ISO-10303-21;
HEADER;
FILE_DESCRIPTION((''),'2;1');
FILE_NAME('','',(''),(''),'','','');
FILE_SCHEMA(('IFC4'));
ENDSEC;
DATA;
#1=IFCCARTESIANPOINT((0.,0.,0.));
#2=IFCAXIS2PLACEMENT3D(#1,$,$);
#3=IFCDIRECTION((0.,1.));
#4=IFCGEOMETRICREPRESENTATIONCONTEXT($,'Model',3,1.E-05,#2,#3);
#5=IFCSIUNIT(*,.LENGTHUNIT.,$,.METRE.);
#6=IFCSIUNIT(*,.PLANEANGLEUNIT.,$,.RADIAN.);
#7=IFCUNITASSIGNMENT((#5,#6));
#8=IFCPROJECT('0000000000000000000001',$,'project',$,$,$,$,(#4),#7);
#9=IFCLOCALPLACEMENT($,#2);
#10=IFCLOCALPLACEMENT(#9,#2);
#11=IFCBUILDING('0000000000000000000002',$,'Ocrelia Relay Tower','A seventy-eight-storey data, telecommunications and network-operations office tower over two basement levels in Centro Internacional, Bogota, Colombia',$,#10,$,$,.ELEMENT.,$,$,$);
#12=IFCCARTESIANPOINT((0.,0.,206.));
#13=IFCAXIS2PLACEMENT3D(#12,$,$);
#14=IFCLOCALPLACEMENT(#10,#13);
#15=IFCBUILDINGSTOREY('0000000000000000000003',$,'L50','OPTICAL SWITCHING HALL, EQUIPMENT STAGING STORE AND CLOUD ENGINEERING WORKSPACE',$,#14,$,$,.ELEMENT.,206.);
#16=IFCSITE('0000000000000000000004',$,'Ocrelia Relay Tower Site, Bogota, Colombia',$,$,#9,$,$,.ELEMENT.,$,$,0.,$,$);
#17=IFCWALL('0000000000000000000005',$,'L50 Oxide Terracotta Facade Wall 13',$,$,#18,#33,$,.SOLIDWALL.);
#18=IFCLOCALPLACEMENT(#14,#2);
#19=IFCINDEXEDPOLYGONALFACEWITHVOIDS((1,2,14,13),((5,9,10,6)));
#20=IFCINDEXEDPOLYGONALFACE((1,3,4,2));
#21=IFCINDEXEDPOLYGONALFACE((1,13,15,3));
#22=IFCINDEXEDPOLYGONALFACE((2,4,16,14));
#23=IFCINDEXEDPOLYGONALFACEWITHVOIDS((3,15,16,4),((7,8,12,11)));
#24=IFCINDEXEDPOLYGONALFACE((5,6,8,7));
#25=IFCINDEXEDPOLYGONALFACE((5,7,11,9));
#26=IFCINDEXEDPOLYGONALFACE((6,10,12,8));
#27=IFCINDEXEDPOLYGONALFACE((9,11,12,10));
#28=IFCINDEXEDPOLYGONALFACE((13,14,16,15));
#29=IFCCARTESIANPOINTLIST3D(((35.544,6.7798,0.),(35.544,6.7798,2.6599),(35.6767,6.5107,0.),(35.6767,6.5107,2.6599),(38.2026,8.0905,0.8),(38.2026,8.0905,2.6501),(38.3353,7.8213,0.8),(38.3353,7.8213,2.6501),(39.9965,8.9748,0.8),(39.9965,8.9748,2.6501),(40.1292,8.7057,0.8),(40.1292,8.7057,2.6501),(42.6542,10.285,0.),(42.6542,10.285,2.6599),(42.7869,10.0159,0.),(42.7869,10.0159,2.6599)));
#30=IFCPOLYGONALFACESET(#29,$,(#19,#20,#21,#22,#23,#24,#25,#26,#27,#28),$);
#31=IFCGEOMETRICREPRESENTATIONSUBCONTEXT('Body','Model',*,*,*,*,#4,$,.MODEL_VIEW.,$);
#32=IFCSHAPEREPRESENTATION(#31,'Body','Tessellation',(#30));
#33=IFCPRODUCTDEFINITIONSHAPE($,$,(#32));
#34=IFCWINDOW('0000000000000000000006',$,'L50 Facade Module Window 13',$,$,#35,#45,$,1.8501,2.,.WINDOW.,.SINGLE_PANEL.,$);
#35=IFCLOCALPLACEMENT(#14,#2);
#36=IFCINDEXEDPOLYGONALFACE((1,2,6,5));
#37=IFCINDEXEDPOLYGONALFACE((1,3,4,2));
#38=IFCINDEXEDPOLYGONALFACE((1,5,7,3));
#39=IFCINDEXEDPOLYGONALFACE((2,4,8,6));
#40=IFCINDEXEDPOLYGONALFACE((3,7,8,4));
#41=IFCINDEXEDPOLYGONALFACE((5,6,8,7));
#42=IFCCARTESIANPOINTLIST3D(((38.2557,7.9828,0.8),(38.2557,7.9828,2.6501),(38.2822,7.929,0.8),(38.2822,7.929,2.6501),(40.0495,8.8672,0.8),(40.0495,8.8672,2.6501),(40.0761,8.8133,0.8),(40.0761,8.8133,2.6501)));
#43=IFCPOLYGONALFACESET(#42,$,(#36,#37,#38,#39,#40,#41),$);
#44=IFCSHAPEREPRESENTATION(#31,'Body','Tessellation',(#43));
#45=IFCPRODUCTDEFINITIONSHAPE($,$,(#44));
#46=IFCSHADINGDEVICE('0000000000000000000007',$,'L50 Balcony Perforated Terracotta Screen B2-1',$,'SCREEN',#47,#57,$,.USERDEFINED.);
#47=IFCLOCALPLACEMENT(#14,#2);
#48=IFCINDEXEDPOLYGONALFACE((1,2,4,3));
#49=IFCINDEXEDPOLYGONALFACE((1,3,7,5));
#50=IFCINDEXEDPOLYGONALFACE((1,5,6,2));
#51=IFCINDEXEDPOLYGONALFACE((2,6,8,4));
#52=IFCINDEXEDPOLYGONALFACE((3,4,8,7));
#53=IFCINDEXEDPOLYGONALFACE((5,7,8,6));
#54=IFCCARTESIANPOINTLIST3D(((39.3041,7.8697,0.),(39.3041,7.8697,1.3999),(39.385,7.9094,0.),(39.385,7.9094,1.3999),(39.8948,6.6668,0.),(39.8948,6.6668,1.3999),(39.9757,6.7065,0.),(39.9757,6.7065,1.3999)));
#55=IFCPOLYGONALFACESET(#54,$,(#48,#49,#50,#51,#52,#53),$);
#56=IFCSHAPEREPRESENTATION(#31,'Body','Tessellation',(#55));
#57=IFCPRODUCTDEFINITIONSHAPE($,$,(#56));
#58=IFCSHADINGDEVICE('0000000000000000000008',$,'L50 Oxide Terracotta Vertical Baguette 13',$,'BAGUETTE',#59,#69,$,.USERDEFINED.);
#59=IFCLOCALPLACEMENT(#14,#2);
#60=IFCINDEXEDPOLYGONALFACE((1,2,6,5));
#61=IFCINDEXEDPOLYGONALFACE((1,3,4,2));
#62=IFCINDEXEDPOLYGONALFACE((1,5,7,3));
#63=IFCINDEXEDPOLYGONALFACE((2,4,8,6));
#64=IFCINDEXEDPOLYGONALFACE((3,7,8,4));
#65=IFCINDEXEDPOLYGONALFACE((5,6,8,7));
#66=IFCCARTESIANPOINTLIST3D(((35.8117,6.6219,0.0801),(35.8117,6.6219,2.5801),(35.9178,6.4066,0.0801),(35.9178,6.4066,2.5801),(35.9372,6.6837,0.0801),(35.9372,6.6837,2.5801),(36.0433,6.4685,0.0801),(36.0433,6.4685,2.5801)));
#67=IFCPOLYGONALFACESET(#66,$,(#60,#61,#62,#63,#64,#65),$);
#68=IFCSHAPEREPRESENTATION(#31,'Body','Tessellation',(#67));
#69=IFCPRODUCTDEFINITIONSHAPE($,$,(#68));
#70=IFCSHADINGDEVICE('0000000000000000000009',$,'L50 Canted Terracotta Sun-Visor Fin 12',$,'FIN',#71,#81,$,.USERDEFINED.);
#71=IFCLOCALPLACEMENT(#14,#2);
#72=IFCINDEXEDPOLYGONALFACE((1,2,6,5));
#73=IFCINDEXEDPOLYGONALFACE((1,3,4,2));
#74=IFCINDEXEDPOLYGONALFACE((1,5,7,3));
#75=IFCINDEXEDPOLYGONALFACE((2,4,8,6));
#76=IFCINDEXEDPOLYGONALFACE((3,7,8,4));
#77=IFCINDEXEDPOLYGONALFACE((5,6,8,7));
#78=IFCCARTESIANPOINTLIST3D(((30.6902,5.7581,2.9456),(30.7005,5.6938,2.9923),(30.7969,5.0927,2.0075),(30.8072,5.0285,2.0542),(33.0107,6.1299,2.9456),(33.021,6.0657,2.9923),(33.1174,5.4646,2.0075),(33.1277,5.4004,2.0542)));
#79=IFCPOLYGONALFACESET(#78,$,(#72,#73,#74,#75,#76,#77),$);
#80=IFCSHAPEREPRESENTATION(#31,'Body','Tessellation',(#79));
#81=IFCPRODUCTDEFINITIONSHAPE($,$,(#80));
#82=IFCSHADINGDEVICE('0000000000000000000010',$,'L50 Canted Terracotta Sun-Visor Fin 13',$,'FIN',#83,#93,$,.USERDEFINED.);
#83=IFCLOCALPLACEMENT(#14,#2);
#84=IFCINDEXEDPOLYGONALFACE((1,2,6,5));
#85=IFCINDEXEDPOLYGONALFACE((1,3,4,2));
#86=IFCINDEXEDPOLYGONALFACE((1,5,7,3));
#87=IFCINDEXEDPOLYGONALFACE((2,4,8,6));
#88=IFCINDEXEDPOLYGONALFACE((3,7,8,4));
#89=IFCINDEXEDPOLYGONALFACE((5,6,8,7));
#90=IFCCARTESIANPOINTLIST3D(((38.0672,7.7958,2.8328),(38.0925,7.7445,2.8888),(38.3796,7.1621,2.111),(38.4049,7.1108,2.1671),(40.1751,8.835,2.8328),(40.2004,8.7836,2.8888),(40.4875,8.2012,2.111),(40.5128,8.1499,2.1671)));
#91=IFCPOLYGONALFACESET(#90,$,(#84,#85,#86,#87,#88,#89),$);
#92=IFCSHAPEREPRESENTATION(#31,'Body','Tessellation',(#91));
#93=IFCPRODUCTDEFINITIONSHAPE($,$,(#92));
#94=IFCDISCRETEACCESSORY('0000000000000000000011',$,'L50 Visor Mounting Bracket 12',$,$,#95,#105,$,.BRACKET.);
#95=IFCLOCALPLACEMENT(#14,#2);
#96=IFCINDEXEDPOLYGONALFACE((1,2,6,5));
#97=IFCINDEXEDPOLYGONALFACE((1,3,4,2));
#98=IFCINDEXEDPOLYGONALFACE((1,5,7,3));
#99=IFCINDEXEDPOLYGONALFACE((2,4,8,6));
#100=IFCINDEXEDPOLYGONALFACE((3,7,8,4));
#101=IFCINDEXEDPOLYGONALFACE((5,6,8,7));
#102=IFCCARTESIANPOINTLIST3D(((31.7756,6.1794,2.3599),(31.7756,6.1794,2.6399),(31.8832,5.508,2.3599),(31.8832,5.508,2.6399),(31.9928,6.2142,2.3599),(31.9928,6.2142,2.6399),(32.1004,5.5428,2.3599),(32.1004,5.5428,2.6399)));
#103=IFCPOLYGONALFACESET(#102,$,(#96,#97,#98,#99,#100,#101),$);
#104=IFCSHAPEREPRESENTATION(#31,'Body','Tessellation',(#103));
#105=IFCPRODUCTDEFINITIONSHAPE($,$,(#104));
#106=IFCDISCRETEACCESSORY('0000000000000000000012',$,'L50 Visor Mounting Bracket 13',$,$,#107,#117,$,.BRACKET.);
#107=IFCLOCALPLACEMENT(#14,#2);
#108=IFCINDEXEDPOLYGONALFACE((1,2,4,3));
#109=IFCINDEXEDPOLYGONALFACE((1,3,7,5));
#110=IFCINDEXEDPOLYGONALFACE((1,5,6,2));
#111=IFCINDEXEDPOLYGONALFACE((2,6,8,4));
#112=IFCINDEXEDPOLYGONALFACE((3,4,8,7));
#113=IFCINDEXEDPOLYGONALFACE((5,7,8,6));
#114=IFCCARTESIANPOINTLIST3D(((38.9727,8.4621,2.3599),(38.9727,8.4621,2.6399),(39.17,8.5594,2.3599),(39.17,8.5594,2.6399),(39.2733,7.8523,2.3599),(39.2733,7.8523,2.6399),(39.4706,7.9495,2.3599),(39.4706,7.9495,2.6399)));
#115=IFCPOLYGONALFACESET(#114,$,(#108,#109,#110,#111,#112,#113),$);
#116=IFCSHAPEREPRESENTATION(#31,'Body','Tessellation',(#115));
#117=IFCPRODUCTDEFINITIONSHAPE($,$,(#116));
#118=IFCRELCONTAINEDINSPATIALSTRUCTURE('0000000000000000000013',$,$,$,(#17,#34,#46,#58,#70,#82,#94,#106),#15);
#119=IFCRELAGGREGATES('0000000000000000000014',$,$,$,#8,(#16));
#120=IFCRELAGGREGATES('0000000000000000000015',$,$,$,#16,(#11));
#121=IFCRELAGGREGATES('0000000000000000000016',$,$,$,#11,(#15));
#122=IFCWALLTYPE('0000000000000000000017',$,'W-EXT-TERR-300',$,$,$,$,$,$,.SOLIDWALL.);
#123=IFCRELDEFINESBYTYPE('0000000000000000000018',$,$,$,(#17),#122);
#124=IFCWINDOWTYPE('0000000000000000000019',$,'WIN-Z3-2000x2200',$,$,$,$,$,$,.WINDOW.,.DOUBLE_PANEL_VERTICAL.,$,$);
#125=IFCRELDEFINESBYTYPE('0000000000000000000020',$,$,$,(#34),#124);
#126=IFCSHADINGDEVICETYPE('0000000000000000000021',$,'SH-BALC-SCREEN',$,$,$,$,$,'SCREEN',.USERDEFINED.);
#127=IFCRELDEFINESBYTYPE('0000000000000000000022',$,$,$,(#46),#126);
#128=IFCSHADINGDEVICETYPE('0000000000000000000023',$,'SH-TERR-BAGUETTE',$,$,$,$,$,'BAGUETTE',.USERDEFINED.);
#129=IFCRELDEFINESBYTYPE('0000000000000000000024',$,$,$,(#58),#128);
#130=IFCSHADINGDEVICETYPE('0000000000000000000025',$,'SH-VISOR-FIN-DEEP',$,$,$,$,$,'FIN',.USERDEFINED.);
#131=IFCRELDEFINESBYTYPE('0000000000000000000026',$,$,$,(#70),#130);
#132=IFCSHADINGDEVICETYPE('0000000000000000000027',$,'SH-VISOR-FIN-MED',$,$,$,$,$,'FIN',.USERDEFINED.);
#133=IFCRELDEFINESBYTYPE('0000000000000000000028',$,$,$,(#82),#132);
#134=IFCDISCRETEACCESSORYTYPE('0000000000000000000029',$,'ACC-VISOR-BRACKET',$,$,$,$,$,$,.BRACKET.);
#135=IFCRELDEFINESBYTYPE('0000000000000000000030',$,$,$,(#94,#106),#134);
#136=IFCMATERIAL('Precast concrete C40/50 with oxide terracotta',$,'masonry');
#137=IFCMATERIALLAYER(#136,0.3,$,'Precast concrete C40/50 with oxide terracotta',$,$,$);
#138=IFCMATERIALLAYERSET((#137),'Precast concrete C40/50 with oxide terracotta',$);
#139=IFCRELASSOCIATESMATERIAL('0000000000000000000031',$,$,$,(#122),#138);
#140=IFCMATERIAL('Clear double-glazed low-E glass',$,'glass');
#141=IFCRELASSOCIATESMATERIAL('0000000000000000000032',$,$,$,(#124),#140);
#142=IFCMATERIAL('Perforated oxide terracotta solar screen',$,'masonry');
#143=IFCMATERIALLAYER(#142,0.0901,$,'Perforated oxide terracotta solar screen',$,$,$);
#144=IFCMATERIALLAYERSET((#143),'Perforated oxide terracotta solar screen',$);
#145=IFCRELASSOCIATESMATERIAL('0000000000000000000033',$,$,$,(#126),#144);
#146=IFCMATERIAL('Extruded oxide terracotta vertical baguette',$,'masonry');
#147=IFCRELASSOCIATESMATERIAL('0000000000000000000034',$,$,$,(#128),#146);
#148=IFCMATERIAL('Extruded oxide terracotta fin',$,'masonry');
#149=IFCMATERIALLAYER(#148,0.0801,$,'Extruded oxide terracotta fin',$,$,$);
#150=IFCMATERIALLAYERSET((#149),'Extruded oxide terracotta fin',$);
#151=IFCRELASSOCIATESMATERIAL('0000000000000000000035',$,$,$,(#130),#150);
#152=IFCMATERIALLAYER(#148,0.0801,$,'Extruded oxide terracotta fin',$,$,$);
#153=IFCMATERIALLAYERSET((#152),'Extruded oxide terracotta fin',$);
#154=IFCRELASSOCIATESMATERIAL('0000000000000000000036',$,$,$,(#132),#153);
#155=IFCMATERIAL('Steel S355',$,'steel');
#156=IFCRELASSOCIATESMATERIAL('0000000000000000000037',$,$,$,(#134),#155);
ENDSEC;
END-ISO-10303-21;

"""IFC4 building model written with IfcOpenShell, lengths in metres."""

from ifc_helpers import new_model, si_unit, direction, frame, frame_2d, origin, origin_2d, place, context, subcontext, project, spatial, rectangle, extrude, material, layer, layer_set, type_object, element, fill, save


model = new_model("IFC4")

# Units and contexts
model_context = context("Model", 3, precision=1e-05, world=origin(), true_north=direction((0.0, 1.0)))
body_context = subcontext(model_context, "Body", "Model", "MODEL_VIEW")
ifc_project = project(units=[si_unit("LENGTHUNIT", "METRE"), si_unit("PLANEANGLEUNIT", "RADIAN")], contexts=[model_context])

# Site, building, storey
site_placement = place(None, origin())
site = spatial("IfcSite", under=ifc_project, at=site_placement, Name="Ocrelia Relay Tower Site, Bogota, Colombia", CompositionType="ELEMENT", RefElevation=0.0)
building_placement = place(site_placement, origin())
building = spatial("IfcBuilding", under=site, at=building_placement, Name="Ocrelia Relay Tower", Description="A seventy-eight-storey data, telecommunications and network-operations office tower over two basement levels in Centro Internacional, Bogota, Colombia", CompositionType="ELEMENT")
storey_placement = place(building_placement, frame((0.0, 0.0, 206.0)))
storey = spatial("IfcBuildingStorey", under=building, at=storey_placement, Name="L50", Description="OPTICAL SWITCHING HALL, EQUIPMENT STAGING STORE AND CLOUD ENGINEERING WORKSPACE", CompositionType="ELEMENT", Elevation=206.0)

# Shared definitions
ifc_material_1 = material(Name="Steel S355", Category="steel")

# Wall, opening, window
ifc_material_2 = material(Name="Precast concrete C40/50 with oxide terracotta", Category="masonry")
ifc_layer_1 = layer(ifc_material_2, 0.3, Name="Precast concrete C40/50 with oxide terracotta")
ifc_layer_set_1 = layer_set([ifc_layer_1], Name="Precast concrete C40/50 with oxide terracotta")
wall_type_1 = type_object("IfcWallType", Name="W-EXT-TERR-300", PredefinedType="SOLIDWALL", material=ifc_layer_set_1)
wall_1_placement = place(storey_placement, frame((35.6104, 6.6453, 0.0), z_axis=(0.0, 0.0, 1.0), x_axis=(0.896932, 0.442168, 0.0)))
wall_1 = element("IfcWall", 1, at=wall_1_placement, inside=storey, type_object=wall_type_1, Name="L50 Oxide Terracotta Facade Wall 13", PredefinedType="SOLIDWALL", context=body_context, shape_type="SweptSolid", body=[
    extrude(rectangle(XDim=7.9272, YDim=0.3, at=frame_2d((3.9636, 0.0))), origin(), (0.0, 0.0, 1.0), 2.6599),
])
opening_1_placement = place(wall_1_placement, frame((2.9641, 0.0, 0.8)))
opening_1 = element("IfcOpeningElement", 2, at=opening_1_placement, cuts=wall_1, PredefinedType="OPENING", context=body_context, shape_type="SweptSolid", body=[
    extrude(rectangle(XDim=2.0, YDim=1.8501, at=frame_2d((1.0, 0.925))), frame((0.0, 0.1602, 0.0), z_axis=(0.0, -1.0, 0.0), x_axis=(1.0, 0.0, 0.0)), (0.0, 0.0, 1.0), 0.3201),
])
ifc_material_3 = material(Name="Clear double-glazed low-E glass", Category="glass")
window_type = type_object("IfcWindowType", Name="WIN-Z3-2000x2200", PartitioningType="DOUBLE_PANEL_VERTICAL", PredefinedType="WINDOW", material=ifc_material_3)
window_placement = place(opening_1_placement, origin())
window = element("IfcWindow", 3, at=window_placement, inside=storey, type_object=window_type, Name="L50 Facade Module Window 13", OverallHeight=1.8501, OverallWidth=2.0, PartitioningType="SINGLE_PANEL", PredefinedType="WINDOW", context=body_context, shape_type="SweptSolid", body=[
    extrude(rectangle(XDim=2.0, YDim=1.8501, at=frame_2d((1.0, 0.925))), frame((0.0, 0.03, 0.0), z_axis=(0.0, -1.0, 0.0), x_axis=(1.0, 0.0, 0.0)), (0.0, 0.0, 1.0), 0.0601),
])
fill(opening_1, window)

# Shading devices
ifc_material_4 = material(Name="Perforated oxide terracotta solar screen", Category="masonry")
ifc_layer_2 = layer(ifc_material_4, 0.0901, Name="Perforated oxide terracotta solar screen")
ifc_layer_set_2 = layer_set([ifc_layer_2], Name="Perforated oxide terracotta solar screen")
shading_device_type_1 = type_object("IfcShadingDeviceType", Name="SH-BALC-SCREEN", ElementType="SCREEN", PredefinedType="USERDEFINED", material=ifc_layer_set_2)
shading_device_1_placement = place(storey_placement, frame((39.6399, 7.2881, 0.0), z_axis=(0.0, 0.0, 1.0), x_axis=(0.440772, -0.897619, 0.0)))
element("IfcShadingDevice", 4, at=shading_device_1_placement, inside=storey, type_object=shading_device_type_1, Name="L50 Balcony Perforated Terracotta Screen B2-1", ObjectType="SCREEN", PredefinedType="USERDEFINED", context=body_context, shape_type="SweptSolid", body=[
    extrude(rectangle(XDim=1.3401, YDim=0.0901, at=origin_2d()), origin(), (0.0, 0.0, 1.0), 1.3999),
])
ifc_material_5 = material(Name="Extruded oxide terracotta vertical baguette", Category="masonry")
shading_device_type_2 = type_object("IfcShadingDeviceType", Name="SH-TERR-BAGUETTE", ElementType="BAGUETTE", PredefinedType="USERDEFINED", material=ifc_material_5)
shading_device_2_placement = place(storey_placement, frame((35.9275, 6.5452, 0.0801), z_axis=(0.0, 0.0, 1.0), x_axis=(0.896938, 0.442155, 0.0)))
element("IfcShadingDevice", 5, at=shading_device_2_placement, inside=storey, type_object=shading_device_type_2, Name="L50 Oxide Terracotta Vertical Baguette 13", ObjectType="BAGUETTE", PredefinedType="USERDEFINED", context=body_context, shape_type="SweptSolid", body=[
    extrude(rectangle(XDim=0.1399, YDim=0.24, at=origin_2d()), origin(), (0.0, 0.0, 1.0), 2.5),
])
ifc_material_6 = material(Name="Extruded oxide terracotta fin", Category="masonry")
ifc_layer_3 = layer(ifc_material_6, 0.0801, Name="Extruded oxide terracotta fin")
ifc_layer_set_3 = layer_set([ifc_layer_3], Name="Extruded oxide terracotta fin")
shading_device_type_3 = type_object("IfcShadingDeviceType", Name="SH-VISOR-FIN-DEEP", ElementType="FIN", PredefinedType="USERDEFINED", material=ifc_layer_set_3)
shading_device_3_placement = place(storey_placement, frame((31.9038, 5.6113, 2.4766), z_axis=(0.128522, -0.801952, 0.583399), x_axis=(0.9874, 0.158243, 0.0)))
element("IfcShadingDevice", 6, at=shading_device_3_placement, inside=storey, type_object=shading_device_type_3, Name="L50 Canted Terracotta Sun-Visor Fin 12", ObjectType="FIN", PredefinedType="USERDEFINED", context=body_context, shape_type="SweptSolid", body=[
    extrude(rectangle(XDim=2.3501, YDim=1.155, at=origin_2d()), origin(), (0.0, 0.0, 1.0), 0.0801),
])
ifc_layer_4 = layer(ifc_material_6, 0.0801, Name="Extruded oxide terracotta fin")
ifc_layer_set_4 = layer_set([ifc_layer_4], Name="Extruded oxide terracotta fin")
shading_device_type_4 = type_object("IfcShadingDeviceType", Name="SH-VISOR-FIN-MED", ElementType="FIN", PredefinedType="USERDEFINED", material=ifc_layer_set_4)
shading_device_4_placement = place(storey_placement, frame((39.2773, 7.9985, 2.4719), z_axis=(0.315962, -0.640948, 0.699539), x_axis=(0.896938, 0.442155, 0.0)))
element("IfcShadingDevice", 7, at=shading_device_4_placement, inside=storey, type_object=shading_device_type_4, Name="L50 Canted Terracotta Sun-Visor Fin 13", ObjectType="FIN", PredefinedType="USERDEFINED", context=body_context, shape_type="SweptSolid", body=[
    extrude(rectangle(XDim=2.3501, YDim=1.01, at=origin_2d()), origin(), (0.0, 0.0, 1.0), 0.0801),
])

# Discrete accessories
discrete_accessory_type = type_object("IfcDiscreteAccessoryType", Name="ACC-VISOR-BRACKET", PredefinedType="BRACKET", material=ifc_material_1)
for number, where, z_axis, x_axis, name in (
    (8, (31.938, 5.8611, 2.3599), (0.0, 0.0, 1.0), (0.9874, 0.158243, 0.0), "L50 Visor Mounting Bracket 12"),
    (9, (39.2217, 8.2058, 2.3599), (0.0, 0.0, 1.0), (0.896938, 0.442155, 0.0), "L50 Visor Mounting Bracket 13"),
):
    element("IfcDiscreteAccessory", number, at=place(storey_placement, frame(where, z_axis=z_axis, x_axis=x_axis)), inside=storey, type_object=discrete_accessory_type, Name=name, PredefinedType="BRACKET", context=body_context, shape_type="SweptSolid", body=[
        extrude(rectangle(XDim=0.22, YDim=0.6799, at=origin_2d()), origin(), (0.0, 0.0, 1.0), 0.28),
    ])

save(model, "model.ifc")
